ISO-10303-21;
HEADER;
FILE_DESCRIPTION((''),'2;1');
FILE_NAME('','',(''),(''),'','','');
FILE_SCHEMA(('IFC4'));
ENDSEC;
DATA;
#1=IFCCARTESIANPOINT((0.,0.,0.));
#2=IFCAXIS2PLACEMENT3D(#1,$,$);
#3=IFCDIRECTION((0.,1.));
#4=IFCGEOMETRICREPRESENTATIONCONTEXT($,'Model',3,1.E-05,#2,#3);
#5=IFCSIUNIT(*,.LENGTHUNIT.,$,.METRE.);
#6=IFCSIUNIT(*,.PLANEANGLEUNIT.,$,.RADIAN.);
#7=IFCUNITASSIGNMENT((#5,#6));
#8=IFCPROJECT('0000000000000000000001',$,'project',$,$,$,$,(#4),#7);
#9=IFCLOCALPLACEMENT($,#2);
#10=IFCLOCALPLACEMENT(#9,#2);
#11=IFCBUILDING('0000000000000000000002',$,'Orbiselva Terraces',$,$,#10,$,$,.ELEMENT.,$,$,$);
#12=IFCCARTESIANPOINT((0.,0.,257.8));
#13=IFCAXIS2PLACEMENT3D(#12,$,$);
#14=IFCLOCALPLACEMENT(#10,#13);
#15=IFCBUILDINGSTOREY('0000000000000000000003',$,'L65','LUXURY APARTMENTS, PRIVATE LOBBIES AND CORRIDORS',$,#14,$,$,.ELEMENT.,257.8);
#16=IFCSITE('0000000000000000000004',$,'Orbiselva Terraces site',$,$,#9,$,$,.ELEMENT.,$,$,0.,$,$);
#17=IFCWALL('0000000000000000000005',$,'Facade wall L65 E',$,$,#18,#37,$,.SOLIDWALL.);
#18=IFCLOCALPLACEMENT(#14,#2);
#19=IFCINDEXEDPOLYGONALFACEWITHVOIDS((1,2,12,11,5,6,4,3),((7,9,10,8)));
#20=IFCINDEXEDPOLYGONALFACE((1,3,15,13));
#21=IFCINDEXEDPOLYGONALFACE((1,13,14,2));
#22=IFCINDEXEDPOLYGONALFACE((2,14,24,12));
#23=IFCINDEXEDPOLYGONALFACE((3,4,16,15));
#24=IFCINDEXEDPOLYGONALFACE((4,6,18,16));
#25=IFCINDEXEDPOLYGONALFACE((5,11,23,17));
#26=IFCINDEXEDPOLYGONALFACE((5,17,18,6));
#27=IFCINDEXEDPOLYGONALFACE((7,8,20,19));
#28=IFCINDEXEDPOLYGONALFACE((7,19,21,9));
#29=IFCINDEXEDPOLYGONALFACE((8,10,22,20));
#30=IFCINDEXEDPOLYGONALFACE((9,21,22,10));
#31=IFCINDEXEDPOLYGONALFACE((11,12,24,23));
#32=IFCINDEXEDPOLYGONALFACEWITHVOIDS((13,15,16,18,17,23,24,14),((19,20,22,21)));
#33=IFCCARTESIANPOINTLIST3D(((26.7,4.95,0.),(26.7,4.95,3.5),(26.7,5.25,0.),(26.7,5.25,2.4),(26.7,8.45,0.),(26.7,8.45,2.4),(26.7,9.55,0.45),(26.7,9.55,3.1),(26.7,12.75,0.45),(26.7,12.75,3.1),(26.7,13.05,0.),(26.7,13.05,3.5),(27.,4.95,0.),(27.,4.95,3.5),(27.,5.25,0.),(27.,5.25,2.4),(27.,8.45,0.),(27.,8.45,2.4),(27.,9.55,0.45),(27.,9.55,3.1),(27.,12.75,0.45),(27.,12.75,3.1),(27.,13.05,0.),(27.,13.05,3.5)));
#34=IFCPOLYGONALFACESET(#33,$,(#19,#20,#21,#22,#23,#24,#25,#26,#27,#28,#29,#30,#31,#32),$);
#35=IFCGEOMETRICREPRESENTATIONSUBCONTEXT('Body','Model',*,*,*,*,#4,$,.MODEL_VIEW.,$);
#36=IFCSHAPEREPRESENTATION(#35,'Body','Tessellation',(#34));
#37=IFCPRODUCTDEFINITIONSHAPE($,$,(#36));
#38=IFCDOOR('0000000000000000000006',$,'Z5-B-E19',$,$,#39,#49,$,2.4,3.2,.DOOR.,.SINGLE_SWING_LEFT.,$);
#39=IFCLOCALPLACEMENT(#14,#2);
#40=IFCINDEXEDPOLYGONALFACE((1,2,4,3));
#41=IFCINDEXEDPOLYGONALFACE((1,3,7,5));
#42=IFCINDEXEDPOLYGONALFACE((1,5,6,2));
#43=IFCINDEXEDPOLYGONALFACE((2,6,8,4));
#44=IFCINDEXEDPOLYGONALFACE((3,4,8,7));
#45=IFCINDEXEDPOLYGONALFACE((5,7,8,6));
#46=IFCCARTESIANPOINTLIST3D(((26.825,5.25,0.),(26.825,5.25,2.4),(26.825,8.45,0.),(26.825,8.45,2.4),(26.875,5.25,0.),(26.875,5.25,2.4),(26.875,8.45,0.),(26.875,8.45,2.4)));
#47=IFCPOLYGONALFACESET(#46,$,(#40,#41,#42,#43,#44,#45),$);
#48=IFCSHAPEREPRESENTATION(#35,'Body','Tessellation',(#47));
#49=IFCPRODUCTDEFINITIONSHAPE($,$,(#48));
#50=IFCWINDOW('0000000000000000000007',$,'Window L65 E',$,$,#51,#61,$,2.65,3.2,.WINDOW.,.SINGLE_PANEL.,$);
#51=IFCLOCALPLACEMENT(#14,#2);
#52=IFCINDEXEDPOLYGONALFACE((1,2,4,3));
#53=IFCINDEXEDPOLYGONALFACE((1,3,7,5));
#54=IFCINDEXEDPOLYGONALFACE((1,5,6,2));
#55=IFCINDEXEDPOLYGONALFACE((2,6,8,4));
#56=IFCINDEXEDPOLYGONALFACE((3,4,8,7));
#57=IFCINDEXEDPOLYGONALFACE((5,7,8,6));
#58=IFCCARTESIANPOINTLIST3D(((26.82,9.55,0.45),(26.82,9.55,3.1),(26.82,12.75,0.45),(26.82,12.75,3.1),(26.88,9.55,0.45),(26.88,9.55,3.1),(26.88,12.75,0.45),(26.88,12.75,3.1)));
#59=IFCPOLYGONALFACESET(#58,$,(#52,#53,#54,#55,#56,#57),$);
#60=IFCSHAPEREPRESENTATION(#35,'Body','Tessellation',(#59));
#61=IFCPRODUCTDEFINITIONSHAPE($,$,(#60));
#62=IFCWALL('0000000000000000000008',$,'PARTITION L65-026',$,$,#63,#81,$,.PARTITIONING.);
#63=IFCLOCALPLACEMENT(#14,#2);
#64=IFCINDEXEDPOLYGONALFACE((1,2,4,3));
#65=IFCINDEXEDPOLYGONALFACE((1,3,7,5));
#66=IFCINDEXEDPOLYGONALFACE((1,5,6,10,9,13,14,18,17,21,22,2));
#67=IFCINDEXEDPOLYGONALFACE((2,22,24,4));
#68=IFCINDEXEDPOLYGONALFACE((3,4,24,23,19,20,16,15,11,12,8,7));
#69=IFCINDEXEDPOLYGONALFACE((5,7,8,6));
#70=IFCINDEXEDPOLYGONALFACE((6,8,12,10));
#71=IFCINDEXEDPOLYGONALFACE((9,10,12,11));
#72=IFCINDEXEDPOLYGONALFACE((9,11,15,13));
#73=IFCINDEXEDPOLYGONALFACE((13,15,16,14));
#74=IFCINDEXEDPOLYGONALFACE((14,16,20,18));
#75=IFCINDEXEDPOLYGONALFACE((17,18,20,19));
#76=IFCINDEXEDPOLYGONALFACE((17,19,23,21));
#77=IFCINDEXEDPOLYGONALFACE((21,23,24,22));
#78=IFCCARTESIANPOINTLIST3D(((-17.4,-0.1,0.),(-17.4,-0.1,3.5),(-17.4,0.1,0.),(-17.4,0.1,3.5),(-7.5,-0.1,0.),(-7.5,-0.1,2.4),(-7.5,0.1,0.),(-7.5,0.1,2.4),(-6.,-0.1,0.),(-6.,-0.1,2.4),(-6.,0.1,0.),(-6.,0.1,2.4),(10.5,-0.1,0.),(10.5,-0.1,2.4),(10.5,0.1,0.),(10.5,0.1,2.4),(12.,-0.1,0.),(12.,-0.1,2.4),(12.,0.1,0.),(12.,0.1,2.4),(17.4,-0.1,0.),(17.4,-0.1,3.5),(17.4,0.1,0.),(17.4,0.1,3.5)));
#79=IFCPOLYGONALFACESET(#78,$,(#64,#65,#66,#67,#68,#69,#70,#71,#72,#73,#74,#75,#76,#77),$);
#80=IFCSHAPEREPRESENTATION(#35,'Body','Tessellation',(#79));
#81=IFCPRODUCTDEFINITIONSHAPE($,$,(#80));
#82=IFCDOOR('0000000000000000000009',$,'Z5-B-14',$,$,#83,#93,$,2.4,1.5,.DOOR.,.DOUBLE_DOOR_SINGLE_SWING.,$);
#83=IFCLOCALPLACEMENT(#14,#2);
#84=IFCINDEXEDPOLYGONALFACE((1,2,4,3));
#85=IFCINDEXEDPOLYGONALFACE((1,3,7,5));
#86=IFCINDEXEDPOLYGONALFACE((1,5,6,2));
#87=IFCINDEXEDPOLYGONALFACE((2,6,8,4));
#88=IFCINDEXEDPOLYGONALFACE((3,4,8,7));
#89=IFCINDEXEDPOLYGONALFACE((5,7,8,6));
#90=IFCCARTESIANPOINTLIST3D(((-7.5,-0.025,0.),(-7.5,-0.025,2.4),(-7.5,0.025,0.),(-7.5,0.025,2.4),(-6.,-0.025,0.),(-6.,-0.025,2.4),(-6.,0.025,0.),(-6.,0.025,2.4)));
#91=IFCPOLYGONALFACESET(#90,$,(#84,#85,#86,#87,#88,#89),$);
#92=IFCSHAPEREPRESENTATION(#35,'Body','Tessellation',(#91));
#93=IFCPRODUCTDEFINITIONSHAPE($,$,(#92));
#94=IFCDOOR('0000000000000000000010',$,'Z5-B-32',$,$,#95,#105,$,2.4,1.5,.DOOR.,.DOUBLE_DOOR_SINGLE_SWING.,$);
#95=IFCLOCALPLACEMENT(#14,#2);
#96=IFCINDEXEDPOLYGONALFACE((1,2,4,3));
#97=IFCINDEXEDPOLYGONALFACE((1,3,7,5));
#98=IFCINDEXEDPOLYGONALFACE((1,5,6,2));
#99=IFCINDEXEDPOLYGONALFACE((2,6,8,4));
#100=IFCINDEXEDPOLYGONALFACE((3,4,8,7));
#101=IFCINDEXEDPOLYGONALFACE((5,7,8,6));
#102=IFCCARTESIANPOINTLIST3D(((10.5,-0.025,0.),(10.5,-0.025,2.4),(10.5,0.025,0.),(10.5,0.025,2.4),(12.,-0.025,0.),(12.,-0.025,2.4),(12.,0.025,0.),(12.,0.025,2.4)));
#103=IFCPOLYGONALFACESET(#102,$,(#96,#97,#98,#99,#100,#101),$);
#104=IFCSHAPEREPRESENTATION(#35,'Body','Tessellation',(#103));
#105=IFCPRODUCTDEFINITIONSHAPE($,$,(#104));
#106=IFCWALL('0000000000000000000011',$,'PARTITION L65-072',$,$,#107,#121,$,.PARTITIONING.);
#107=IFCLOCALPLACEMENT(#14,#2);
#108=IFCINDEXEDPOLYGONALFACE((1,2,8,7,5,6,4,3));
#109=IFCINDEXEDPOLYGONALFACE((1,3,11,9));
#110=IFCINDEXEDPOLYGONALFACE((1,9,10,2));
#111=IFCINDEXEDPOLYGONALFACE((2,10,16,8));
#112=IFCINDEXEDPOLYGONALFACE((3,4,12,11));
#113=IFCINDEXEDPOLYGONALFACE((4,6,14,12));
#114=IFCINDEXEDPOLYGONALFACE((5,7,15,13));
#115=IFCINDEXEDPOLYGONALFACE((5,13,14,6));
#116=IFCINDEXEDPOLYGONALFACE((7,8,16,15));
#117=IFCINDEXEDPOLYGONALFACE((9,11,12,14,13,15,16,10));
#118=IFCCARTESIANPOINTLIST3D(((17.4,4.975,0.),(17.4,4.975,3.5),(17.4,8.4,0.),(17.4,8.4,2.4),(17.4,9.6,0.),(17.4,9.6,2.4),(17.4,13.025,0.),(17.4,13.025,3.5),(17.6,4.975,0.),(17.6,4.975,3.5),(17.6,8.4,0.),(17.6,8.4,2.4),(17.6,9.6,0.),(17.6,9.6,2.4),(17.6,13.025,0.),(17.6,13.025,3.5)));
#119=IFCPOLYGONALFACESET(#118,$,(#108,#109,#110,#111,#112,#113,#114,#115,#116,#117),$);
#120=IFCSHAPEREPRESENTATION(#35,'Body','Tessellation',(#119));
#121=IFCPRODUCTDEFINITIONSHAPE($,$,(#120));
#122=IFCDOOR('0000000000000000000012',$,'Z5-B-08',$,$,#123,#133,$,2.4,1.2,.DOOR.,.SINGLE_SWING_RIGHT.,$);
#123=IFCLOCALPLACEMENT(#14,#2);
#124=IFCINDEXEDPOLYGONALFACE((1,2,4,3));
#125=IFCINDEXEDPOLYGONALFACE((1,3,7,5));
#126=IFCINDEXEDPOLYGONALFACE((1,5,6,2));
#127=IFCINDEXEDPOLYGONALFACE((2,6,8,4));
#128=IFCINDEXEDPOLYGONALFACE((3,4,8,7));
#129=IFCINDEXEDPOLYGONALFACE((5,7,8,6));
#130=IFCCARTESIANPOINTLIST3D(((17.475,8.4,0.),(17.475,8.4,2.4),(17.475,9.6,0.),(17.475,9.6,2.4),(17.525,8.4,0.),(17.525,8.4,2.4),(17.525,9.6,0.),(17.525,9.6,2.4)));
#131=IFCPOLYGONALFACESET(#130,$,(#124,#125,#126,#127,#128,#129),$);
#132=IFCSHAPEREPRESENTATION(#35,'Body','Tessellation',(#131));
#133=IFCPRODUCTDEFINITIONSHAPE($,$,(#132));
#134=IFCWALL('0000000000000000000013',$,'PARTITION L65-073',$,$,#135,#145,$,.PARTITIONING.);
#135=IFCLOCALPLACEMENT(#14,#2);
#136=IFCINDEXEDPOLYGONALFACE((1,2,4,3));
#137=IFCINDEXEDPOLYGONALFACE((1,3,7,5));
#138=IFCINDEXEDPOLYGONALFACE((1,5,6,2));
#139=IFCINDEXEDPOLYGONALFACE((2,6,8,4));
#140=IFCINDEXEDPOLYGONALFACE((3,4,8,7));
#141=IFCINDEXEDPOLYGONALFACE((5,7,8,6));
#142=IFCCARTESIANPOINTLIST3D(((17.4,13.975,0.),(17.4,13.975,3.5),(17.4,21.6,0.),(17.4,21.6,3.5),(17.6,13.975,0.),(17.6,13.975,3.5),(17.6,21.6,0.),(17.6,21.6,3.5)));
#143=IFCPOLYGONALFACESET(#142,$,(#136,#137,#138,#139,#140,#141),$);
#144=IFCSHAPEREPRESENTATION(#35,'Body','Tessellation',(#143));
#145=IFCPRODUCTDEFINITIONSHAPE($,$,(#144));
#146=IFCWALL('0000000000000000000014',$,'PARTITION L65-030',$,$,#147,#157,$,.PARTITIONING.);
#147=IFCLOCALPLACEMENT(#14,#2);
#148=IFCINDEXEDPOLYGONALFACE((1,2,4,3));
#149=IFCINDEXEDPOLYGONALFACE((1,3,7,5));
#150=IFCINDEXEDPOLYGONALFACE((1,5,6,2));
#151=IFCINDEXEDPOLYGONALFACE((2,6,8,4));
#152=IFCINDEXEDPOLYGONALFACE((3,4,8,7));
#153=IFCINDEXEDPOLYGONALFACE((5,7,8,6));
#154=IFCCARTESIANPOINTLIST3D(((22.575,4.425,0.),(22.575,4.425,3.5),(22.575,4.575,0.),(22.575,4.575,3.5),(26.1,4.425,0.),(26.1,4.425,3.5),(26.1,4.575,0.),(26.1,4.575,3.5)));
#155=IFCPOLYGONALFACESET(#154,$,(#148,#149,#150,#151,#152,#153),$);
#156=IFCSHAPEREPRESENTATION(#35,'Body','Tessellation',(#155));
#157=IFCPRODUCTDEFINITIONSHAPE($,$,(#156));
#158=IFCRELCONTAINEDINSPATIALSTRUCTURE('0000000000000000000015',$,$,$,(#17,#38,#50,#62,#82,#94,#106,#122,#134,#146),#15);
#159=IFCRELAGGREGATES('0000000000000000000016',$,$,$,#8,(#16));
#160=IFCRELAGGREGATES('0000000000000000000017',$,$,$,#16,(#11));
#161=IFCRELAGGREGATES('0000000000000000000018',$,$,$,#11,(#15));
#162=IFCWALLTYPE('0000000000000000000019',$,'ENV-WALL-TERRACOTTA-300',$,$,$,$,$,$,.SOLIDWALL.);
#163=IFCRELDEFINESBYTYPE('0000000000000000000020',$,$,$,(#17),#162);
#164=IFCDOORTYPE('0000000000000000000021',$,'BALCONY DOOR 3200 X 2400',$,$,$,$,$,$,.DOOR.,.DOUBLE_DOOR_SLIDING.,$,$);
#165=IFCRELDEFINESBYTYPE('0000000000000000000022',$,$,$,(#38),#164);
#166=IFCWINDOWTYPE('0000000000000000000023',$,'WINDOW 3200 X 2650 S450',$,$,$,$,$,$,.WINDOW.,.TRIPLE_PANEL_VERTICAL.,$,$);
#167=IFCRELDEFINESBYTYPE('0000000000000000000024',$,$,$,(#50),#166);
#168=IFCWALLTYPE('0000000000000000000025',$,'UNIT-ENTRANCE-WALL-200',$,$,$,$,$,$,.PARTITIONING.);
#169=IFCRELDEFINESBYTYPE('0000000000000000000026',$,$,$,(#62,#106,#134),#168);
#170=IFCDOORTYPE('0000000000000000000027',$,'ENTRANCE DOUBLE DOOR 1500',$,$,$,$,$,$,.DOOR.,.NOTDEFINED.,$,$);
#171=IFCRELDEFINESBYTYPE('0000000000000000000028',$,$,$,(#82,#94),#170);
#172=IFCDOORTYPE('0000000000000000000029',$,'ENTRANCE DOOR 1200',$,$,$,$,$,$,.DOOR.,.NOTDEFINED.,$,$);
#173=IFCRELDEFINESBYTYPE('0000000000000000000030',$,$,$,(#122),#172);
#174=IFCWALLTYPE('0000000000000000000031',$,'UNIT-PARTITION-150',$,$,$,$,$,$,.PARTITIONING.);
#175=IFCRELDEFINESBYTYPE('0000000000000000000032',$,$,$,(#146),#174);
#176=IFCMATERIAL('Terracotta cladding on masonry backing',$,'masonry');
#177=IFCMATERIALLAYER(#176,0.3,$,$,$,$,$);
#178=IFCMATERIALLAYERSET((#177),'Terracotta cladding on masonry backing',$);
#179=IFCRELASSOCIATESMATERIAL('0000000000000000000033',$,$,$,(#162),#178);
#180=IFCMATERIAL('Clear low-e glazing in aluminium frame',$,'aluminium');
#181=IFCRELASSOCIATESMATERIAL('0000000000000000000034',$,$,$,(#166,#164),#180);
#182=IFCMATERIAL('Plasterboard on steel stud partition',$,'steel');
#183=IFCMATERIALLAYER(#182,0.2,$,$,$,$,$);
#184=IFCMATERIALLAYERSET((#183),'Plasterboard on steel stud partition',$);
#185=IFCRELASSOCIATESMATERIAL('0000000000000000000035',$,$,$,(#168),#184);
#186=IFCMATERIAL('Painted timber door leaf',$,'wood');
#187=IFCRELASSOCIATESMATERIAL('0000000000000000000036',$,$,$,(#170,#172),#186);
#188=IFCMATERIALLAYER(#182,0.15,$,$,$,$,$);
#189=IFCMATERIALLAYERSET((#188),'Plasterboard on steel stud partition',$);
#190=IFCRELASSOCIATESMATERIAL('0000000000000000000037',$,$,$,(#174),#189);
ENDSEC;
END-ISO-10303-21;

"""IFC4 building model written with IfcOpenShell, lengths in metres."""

from ifc_helpers import new_model, si_unit, direction, frame, frame_2d, origin, place, context, subcontext, project, spatial, rectangle, extrude, material, layer, layer_set, type_object, element, fill, save


model = new_model("IFC4")

# Units and contexts
model_context = context("Model", 3, precision=1e-05, world=origin(), true_north=direction((0.0, 1.0)))
body_context = subcontext(model_context, "Body", "Model", "MODEL_VIEW")
ifc_project = project(units=[si_unit("LENGTHUNIT", "METRE"), si_unit("PLANEANGLEUNIT", "RADIAN")], contexts=[model_context])

# Site, building, storey
site_placement = place(None, origin())
site = spatial("IfcSite", under=ifc_project, at=site_placement, Name="Orbiselva Terraces site", CompositionType="ELEMENT", RefElevation=0.0)
building_placement = place(site_placement, origin())
building = spatial("IfcBuilding", under=site, at=building_placement, Name="Orbiselva Terraces", CompositionType="ELEMENT")
storey_placement = place(building_placement, frame((0.0, 0.0, 257.8)))
storey = spatial("IfcBuildingStorey", under=building, at=storey_placement, Name="L65", Description="LUXURY APARTMENTS, PRIVATE LOBBIES AND CORRIDORS", CompositionType="ELEMENT", Elevation=257.8)

# Shared definitions
ifc_material_1 = material(Name="Terracotta cladding on masonry backing", Category="masonry")
ifc_layer_1 = layer(ifc_material_1, 0.3)
ifc_layer_set_1 = layer_set([ifc_layer_1], Name="Terracotta cladding on masonry backing")
wall_type_1 = type_object("IfcWallType", Name="ENV-WALL-TERRACOTTA-300", PredefinedType="SOLIDWALL", material=ifc_layer_set_1)
ifc_material_2 = material(Name="Clear low-e glazing in aluminium frame", Category="aluminium")
window_type = type_object("IfcWindowType", Name="WINDOW 3200 X 2650 S450", PartitioningType="TRIPLE_PANEL_VERTICAL", PredefinedType="WINDOW", material=ifc_material_2)

# Wall, openings, door, window
wall_1_placement = place(storey_placement, frame((26.85, 13.05, 0.0), z_axis=(0.0, 0.0, 1.0), x_axis=(0.0, -1.0, 0.0)))
wall_1 = element("IfcWall", 1, at=wall_1_placement, inside=storey, type_object=wall_type_1, Name="Facade wall L65 E", PredefinedType="SOLIDWALL", context=body_context, shape_type="SweptSolid", body=[
    extrude(rectangle(XDim=8.1, YDim=0.3, at=frame_2d((4.05, 0.0))), origin(), (0.0, 0.0, 1.0), 3.5),
])
opening_1_placement = place(wall_1_placement, frame((4.6, 0.0, 0.0)))
opening_1 = element("IfcOpeningElement", 2, at=opening_1_placement, cuts=wall_1, PredefinedType="OPENING", context=body_context, shape_type="SweptSolid", body=[
    extrude(rectangle(XDim=3.2, YDim=2.4, at=frame_2d((1.6, 1.2))), frame((0.0, 0.16, 0.0), z_axis=(0.0, -1.0, 0.0), x_axis=(1.0, 0.0, 0.0)), (0.0, 0.0, 1.0), 0.32),
])
opening_2_placement = place(wall_1_placement, frame((0.3, 0.0, 0.45)))
opening_2 = element("IfcOpeningElement", 3, at=opening_2_placement, cuts=wall_1, PredefinedType="OPENING", context=body_context, shape_type="SweptSolid", body=[
    extrude(rectangle(XDim=3.2, YDim=2.65, at=frame_2d((1.6, 1.325))), frame((0.0, 0.16, 0.0), z_axis=(0.0, -1.0, 0.0), x_axis=(1.0, 0.0, 0.0)), (0.0, 0.0, 1.0), 0.32),
])
door_type_1 = type_object("IfcDoorType", Name="BALCONY DOOR 3200 X 2400", OperationType="DOUBLE_DOOR_SLIDING", PredefinedType="DOOR", material=ifc_material_2)
door_1_placement = place(opening_1_placement, origin())
door_1 = element("IfcDoor", 4, at=door_1_placement, inside=storey, type_object=door_type_1, Name="Z5-B-E19", OperationType="SINGLE_SWING_LEFT", OverallHeight=2.4, OverallWidth=3.2, PredefinedType="DOOR", context=body_context, shape_type="SweptSolid", body=[
    extrude(rectangle(XDim=3.2, YDim=2.4, at=frame_2d((1.6, 1.2))), frame((0.0, 0.025, 0.0), z_axis=(0.0, -1.0, 0.0), x_axis=(1.0, 0.0, 0.0)), (0.0, 0.0, 1.0), 0.05),
])
fill(opening_1, door_1)
window_1_placement = place(opening_2_placement, origin())
window_1 = element("IfcWindow", 5, at=window_1_placement, inside=storey, type_object=window_type, Name="Window L65 E", OverallHeight=2.65, OverallWidth=3.2, PartitioningType="SINGLE_PANEL", PredefinedType="WINDOW", context=body_context, shape_type="SweptSolid", body=[
    extrude(rectangle(XDim=3.2, YDim=2.65, at=frame_2d((1.6, 1.325))), frame((0.0, 0.03, 0.0), z_axis=(0.0, -1.0, 0.0), x_axis=(1.0, 0.0, 0.0)), (0.0, 0.0, 1.0), 0.06),
])
fill(opening_2, window_1)

# Wall, openings, doors
ifc_material_3 = material(Name="Plasterboard on steel stud partition", Category="steel")
ifc_layer_2 = layer(ifc_material_3, 0.2)
ifc_layer_set_2 = layer_set([ifc_layer_2], Name="Plasterboard on steel stud partition")
wall_type_2 = type_object("IfcWallType", Name="UNIT-ENTRANCE-WALL-200", PredefinedType="PARTITIONING", material=ifc_layer_set_2)
wall_2_placement = place(storey_placement, frame((17.4, 0.0, 0.0), z_axis=(0.0, 0.0, 1.0), x_axis=(-1.0, 0.0, 0.0)))
wall_2 = element("IfcWall", 6, at=wall_2_placement, inside=storey, type_object=wall_type_2, Name="PARTITION L65-026", PredefinedType="PARTITIONING", context=body_context, shape_type="SweptSolid", body=[
    extrude(rectangle(XDim=34.8, YDim=0.2, at=frame_2d((17.4, 0.0))), origin(), (0.0, 0.0, 1.0), 3.5),
])
opening_3_placement = place(wall_2_placement, frame((23.4, 0.0, 0.0)))
opening_3 = element("IfcOpeningElement", 7, at=opening_3_placement, cuts=wall_2, PredefinedType="OPENING", context=body_context, shape_type="SweptSolid", body=[
    extrude(rectangle(XDim=1.5, YDim=2.4, at=frame_2d((0.75, 1.2))), frame((0.0, 0.11, 0.0), z_axis=(0.0, -1.0, 0.0), x_axis=(1.0, 0.0, 0.0)), (0.0, 0.0, 1.0), 0.22),
])
opening_4_placement = place(wall_2_placement, frame((5.4, 0.0, 0.0)))
opening_4 = element("IfcOpeningElement", 8, at=opening_4_placement, cuts=wall_2, PredefinedType="OPENING", context=body_context, shape_type="SweptSolid", body=[
    extrude(rectangle(XDim=1.5, YDim=2.4, at=frame_2d((0.75, 1.2))), frame((0.0, 0.11, 0.0), z_axis=(0.0, -1.0, 0.0), x_axis=(1.0, 0.0, 0.0)), (0.0, 0.0, 1.0), 0.22),
])
ifc_material_4 = material(Name="Painted timber door leaf", Category="wood")
door_type_2 = type_object("IfcDoorType", Name="ENTRANCE DOUBLE DOOR 1500", OperationType="NOTDEFINED", PredefinedType="DOOR", material=ifc_material_4)
door_2_placement = place(opening_3_placement, origin())
door_2 = element("IfcDoor", 9, at=door_2_placement, inside=storey, type_object=door_type_2, Name="Z5-B-14", OperationType="DOUBLE_DOOR_SINGLE_SWING", OverallHeight=2.4, OverallWidth=1.5, PredefinedType="DOOR", context=body_context, shape_type="SweptSolid", body=[
    extrude(rectangle(XDim=1.5, YDim=2.4, at=frame_2d((0.75, 1.2))), frame((0.0, 0.025, 0.0), z_axis=(0.0, -1.0, 0.0), x_axis=(1.0, 0.0, 0.0)), (0.0, 0.0, 1.0), 0.05),
])
fill(opening_3, door_2)
door_3_placement = place(opening_4_placement, origin())
door_3 = element("IfcDoor", 10, at=door_3_placement, inside=storey, type_object=door_type_2, Name="Z5-B-32", OperationType="DOUBLE_DOOR_SINGLE_SWING", OverallHeight=2.4, OverallWidth=1.5, PredefinedType="DOOR", context=body_context, shape_type="SweptSolid", body=[
    extrude(rectangle(XDim=1.5, YDim=2.4, at=frame_2d((0.75, 1.2))), frame((0.0, 0.025, 0.0), z_axis=(0.0, -1.0, 0.0), x_axis=(1.0, 0.0, 0.0)), (0.0, 0.0, 1.0), 0.05),
])
fill(opening_4, door_3)

# Wall, opening, door
wall_3_placement = place(storey_placement, frame((17.5, 13.025, 0.0), z_axis=(0.0, 0.0, 1.0), x_axis=(0.0, -1.0, 0.0)))
wall_3 = element("IfcWall", 11, at=wall_3_placement, inside=storey, type_object=wall_type_2, Name="PARTITION L65-072", PredefinedType="PARTITIONING", context=body_context, shape_type="SweptSolid", body=[
    extrude(rectangle(XDim=8.05, YDim=0.2, at=frame_2d((4.025, 0.0))), origin(), (0.0, 0.0, 1.0), 3.5),
])
opening_5_placement = place(wall_3_placement, frame((3.425, 0.0, 0.0)))
opening_5 = element("IfcOpeningElement", 12, at=opening_5_placement, cuts=wall_3, PredefinedType="OPENING", context=body_context, shape_type="SweptSolid", body=[
    extrude(rectangle(XDim=1.2, YDim=2.4, at=frame_2d((0.6, 1.2))), frame((0.0, 0.11, 0.0), z_axis=(0.0, -1.0, 0.0), x_axis=(1.0, 0.0, 0.0)), (0.0, 0.0, 1.0), 0.22),
])
door_type_3 = type_object("IfcDoorType", Name="ENTRANCE DOOR 1200", OperationType="NOTDEFINED", PredefinedType="DOOR", material=ifc_material_4)
door_4_placement = place(opening_5_placement, origin())
door_4 = element("IfcDoor", 13, at=door_4_placement, inside=storey, type_object=door_type_3, Name="Z5-B-08", OperationType="SINGLE_SWING_RIGHT", OverallHeight=2.4, OverallWidth=1.2, PredefinedType="DOOR", context=body_context, shape_type="SweptSolid", body=[
    extrude(rectangle(XDim=1.2, YDim=2.4, at=frame_2d((0.6, 1.2))), frame((0.0, 0.025, 0.0), z_axis=(0.0, -1.0, 0.0), x_axis=(1.0, 0.0, 0.0)), (0.0, 0.0, 1.0), 0.05),
])
fill(opening_5, door_4)

# Walls
wall_4_placement = place(storey_placement, frame((17.5, 13.975, 0.0), z_axis=(0.0, 0.0, 1.0), x_axis=(0.0, 1.0, 0.0)))
element("IfcWall", 14, at=wall_4_placement, inside=storey, type_object=wall_type_2, Name="PARTITION L65-073", PredefinedType="PARTITIONING", context=body_context, shape_type="SweptSolid", body=[
    extrude(rectangle(XDim=7.625, YDim=0.2, at=frame_2d((3.8125, 0.0))), origin(), (0.0, 0.0, 1.0), 3.5),
])
ifc_layer_3 = layer(ifc_material_3, 0.15)
ifc_layer_set_3 = layer_set([ifc_layer_3], Name="Plasterboard on steel stud partition")
wall_type_3 = type_object("IfcWallType", Name="UNIT-PARTITION-150", PredefinedType="PARTITIONING", material=ifc_layer_set_3)
wall_5_placement = place(storey_placement, frame((22.575, 4.5, 0.0), z_axis=(0.0, 0.0, 1.0), x_axis=(1.0, 0.0, 0.0)))
element("IfcWall", 15, at=wall_5_placement, inside=storey, type_object=wall_type_3, Name="PARTITION L65-030", PredefinedType="PARTITIONING", context=body_context, shape_type="SweptSolid", body=[
    extrude(rectangle(XDim=3.525, YDim=0.15, at=frame_2d((1.7625, 0.0))), origin(), (0.0, 0.0, 1.0), 3.5),
])

save(model, "model.ifc")
